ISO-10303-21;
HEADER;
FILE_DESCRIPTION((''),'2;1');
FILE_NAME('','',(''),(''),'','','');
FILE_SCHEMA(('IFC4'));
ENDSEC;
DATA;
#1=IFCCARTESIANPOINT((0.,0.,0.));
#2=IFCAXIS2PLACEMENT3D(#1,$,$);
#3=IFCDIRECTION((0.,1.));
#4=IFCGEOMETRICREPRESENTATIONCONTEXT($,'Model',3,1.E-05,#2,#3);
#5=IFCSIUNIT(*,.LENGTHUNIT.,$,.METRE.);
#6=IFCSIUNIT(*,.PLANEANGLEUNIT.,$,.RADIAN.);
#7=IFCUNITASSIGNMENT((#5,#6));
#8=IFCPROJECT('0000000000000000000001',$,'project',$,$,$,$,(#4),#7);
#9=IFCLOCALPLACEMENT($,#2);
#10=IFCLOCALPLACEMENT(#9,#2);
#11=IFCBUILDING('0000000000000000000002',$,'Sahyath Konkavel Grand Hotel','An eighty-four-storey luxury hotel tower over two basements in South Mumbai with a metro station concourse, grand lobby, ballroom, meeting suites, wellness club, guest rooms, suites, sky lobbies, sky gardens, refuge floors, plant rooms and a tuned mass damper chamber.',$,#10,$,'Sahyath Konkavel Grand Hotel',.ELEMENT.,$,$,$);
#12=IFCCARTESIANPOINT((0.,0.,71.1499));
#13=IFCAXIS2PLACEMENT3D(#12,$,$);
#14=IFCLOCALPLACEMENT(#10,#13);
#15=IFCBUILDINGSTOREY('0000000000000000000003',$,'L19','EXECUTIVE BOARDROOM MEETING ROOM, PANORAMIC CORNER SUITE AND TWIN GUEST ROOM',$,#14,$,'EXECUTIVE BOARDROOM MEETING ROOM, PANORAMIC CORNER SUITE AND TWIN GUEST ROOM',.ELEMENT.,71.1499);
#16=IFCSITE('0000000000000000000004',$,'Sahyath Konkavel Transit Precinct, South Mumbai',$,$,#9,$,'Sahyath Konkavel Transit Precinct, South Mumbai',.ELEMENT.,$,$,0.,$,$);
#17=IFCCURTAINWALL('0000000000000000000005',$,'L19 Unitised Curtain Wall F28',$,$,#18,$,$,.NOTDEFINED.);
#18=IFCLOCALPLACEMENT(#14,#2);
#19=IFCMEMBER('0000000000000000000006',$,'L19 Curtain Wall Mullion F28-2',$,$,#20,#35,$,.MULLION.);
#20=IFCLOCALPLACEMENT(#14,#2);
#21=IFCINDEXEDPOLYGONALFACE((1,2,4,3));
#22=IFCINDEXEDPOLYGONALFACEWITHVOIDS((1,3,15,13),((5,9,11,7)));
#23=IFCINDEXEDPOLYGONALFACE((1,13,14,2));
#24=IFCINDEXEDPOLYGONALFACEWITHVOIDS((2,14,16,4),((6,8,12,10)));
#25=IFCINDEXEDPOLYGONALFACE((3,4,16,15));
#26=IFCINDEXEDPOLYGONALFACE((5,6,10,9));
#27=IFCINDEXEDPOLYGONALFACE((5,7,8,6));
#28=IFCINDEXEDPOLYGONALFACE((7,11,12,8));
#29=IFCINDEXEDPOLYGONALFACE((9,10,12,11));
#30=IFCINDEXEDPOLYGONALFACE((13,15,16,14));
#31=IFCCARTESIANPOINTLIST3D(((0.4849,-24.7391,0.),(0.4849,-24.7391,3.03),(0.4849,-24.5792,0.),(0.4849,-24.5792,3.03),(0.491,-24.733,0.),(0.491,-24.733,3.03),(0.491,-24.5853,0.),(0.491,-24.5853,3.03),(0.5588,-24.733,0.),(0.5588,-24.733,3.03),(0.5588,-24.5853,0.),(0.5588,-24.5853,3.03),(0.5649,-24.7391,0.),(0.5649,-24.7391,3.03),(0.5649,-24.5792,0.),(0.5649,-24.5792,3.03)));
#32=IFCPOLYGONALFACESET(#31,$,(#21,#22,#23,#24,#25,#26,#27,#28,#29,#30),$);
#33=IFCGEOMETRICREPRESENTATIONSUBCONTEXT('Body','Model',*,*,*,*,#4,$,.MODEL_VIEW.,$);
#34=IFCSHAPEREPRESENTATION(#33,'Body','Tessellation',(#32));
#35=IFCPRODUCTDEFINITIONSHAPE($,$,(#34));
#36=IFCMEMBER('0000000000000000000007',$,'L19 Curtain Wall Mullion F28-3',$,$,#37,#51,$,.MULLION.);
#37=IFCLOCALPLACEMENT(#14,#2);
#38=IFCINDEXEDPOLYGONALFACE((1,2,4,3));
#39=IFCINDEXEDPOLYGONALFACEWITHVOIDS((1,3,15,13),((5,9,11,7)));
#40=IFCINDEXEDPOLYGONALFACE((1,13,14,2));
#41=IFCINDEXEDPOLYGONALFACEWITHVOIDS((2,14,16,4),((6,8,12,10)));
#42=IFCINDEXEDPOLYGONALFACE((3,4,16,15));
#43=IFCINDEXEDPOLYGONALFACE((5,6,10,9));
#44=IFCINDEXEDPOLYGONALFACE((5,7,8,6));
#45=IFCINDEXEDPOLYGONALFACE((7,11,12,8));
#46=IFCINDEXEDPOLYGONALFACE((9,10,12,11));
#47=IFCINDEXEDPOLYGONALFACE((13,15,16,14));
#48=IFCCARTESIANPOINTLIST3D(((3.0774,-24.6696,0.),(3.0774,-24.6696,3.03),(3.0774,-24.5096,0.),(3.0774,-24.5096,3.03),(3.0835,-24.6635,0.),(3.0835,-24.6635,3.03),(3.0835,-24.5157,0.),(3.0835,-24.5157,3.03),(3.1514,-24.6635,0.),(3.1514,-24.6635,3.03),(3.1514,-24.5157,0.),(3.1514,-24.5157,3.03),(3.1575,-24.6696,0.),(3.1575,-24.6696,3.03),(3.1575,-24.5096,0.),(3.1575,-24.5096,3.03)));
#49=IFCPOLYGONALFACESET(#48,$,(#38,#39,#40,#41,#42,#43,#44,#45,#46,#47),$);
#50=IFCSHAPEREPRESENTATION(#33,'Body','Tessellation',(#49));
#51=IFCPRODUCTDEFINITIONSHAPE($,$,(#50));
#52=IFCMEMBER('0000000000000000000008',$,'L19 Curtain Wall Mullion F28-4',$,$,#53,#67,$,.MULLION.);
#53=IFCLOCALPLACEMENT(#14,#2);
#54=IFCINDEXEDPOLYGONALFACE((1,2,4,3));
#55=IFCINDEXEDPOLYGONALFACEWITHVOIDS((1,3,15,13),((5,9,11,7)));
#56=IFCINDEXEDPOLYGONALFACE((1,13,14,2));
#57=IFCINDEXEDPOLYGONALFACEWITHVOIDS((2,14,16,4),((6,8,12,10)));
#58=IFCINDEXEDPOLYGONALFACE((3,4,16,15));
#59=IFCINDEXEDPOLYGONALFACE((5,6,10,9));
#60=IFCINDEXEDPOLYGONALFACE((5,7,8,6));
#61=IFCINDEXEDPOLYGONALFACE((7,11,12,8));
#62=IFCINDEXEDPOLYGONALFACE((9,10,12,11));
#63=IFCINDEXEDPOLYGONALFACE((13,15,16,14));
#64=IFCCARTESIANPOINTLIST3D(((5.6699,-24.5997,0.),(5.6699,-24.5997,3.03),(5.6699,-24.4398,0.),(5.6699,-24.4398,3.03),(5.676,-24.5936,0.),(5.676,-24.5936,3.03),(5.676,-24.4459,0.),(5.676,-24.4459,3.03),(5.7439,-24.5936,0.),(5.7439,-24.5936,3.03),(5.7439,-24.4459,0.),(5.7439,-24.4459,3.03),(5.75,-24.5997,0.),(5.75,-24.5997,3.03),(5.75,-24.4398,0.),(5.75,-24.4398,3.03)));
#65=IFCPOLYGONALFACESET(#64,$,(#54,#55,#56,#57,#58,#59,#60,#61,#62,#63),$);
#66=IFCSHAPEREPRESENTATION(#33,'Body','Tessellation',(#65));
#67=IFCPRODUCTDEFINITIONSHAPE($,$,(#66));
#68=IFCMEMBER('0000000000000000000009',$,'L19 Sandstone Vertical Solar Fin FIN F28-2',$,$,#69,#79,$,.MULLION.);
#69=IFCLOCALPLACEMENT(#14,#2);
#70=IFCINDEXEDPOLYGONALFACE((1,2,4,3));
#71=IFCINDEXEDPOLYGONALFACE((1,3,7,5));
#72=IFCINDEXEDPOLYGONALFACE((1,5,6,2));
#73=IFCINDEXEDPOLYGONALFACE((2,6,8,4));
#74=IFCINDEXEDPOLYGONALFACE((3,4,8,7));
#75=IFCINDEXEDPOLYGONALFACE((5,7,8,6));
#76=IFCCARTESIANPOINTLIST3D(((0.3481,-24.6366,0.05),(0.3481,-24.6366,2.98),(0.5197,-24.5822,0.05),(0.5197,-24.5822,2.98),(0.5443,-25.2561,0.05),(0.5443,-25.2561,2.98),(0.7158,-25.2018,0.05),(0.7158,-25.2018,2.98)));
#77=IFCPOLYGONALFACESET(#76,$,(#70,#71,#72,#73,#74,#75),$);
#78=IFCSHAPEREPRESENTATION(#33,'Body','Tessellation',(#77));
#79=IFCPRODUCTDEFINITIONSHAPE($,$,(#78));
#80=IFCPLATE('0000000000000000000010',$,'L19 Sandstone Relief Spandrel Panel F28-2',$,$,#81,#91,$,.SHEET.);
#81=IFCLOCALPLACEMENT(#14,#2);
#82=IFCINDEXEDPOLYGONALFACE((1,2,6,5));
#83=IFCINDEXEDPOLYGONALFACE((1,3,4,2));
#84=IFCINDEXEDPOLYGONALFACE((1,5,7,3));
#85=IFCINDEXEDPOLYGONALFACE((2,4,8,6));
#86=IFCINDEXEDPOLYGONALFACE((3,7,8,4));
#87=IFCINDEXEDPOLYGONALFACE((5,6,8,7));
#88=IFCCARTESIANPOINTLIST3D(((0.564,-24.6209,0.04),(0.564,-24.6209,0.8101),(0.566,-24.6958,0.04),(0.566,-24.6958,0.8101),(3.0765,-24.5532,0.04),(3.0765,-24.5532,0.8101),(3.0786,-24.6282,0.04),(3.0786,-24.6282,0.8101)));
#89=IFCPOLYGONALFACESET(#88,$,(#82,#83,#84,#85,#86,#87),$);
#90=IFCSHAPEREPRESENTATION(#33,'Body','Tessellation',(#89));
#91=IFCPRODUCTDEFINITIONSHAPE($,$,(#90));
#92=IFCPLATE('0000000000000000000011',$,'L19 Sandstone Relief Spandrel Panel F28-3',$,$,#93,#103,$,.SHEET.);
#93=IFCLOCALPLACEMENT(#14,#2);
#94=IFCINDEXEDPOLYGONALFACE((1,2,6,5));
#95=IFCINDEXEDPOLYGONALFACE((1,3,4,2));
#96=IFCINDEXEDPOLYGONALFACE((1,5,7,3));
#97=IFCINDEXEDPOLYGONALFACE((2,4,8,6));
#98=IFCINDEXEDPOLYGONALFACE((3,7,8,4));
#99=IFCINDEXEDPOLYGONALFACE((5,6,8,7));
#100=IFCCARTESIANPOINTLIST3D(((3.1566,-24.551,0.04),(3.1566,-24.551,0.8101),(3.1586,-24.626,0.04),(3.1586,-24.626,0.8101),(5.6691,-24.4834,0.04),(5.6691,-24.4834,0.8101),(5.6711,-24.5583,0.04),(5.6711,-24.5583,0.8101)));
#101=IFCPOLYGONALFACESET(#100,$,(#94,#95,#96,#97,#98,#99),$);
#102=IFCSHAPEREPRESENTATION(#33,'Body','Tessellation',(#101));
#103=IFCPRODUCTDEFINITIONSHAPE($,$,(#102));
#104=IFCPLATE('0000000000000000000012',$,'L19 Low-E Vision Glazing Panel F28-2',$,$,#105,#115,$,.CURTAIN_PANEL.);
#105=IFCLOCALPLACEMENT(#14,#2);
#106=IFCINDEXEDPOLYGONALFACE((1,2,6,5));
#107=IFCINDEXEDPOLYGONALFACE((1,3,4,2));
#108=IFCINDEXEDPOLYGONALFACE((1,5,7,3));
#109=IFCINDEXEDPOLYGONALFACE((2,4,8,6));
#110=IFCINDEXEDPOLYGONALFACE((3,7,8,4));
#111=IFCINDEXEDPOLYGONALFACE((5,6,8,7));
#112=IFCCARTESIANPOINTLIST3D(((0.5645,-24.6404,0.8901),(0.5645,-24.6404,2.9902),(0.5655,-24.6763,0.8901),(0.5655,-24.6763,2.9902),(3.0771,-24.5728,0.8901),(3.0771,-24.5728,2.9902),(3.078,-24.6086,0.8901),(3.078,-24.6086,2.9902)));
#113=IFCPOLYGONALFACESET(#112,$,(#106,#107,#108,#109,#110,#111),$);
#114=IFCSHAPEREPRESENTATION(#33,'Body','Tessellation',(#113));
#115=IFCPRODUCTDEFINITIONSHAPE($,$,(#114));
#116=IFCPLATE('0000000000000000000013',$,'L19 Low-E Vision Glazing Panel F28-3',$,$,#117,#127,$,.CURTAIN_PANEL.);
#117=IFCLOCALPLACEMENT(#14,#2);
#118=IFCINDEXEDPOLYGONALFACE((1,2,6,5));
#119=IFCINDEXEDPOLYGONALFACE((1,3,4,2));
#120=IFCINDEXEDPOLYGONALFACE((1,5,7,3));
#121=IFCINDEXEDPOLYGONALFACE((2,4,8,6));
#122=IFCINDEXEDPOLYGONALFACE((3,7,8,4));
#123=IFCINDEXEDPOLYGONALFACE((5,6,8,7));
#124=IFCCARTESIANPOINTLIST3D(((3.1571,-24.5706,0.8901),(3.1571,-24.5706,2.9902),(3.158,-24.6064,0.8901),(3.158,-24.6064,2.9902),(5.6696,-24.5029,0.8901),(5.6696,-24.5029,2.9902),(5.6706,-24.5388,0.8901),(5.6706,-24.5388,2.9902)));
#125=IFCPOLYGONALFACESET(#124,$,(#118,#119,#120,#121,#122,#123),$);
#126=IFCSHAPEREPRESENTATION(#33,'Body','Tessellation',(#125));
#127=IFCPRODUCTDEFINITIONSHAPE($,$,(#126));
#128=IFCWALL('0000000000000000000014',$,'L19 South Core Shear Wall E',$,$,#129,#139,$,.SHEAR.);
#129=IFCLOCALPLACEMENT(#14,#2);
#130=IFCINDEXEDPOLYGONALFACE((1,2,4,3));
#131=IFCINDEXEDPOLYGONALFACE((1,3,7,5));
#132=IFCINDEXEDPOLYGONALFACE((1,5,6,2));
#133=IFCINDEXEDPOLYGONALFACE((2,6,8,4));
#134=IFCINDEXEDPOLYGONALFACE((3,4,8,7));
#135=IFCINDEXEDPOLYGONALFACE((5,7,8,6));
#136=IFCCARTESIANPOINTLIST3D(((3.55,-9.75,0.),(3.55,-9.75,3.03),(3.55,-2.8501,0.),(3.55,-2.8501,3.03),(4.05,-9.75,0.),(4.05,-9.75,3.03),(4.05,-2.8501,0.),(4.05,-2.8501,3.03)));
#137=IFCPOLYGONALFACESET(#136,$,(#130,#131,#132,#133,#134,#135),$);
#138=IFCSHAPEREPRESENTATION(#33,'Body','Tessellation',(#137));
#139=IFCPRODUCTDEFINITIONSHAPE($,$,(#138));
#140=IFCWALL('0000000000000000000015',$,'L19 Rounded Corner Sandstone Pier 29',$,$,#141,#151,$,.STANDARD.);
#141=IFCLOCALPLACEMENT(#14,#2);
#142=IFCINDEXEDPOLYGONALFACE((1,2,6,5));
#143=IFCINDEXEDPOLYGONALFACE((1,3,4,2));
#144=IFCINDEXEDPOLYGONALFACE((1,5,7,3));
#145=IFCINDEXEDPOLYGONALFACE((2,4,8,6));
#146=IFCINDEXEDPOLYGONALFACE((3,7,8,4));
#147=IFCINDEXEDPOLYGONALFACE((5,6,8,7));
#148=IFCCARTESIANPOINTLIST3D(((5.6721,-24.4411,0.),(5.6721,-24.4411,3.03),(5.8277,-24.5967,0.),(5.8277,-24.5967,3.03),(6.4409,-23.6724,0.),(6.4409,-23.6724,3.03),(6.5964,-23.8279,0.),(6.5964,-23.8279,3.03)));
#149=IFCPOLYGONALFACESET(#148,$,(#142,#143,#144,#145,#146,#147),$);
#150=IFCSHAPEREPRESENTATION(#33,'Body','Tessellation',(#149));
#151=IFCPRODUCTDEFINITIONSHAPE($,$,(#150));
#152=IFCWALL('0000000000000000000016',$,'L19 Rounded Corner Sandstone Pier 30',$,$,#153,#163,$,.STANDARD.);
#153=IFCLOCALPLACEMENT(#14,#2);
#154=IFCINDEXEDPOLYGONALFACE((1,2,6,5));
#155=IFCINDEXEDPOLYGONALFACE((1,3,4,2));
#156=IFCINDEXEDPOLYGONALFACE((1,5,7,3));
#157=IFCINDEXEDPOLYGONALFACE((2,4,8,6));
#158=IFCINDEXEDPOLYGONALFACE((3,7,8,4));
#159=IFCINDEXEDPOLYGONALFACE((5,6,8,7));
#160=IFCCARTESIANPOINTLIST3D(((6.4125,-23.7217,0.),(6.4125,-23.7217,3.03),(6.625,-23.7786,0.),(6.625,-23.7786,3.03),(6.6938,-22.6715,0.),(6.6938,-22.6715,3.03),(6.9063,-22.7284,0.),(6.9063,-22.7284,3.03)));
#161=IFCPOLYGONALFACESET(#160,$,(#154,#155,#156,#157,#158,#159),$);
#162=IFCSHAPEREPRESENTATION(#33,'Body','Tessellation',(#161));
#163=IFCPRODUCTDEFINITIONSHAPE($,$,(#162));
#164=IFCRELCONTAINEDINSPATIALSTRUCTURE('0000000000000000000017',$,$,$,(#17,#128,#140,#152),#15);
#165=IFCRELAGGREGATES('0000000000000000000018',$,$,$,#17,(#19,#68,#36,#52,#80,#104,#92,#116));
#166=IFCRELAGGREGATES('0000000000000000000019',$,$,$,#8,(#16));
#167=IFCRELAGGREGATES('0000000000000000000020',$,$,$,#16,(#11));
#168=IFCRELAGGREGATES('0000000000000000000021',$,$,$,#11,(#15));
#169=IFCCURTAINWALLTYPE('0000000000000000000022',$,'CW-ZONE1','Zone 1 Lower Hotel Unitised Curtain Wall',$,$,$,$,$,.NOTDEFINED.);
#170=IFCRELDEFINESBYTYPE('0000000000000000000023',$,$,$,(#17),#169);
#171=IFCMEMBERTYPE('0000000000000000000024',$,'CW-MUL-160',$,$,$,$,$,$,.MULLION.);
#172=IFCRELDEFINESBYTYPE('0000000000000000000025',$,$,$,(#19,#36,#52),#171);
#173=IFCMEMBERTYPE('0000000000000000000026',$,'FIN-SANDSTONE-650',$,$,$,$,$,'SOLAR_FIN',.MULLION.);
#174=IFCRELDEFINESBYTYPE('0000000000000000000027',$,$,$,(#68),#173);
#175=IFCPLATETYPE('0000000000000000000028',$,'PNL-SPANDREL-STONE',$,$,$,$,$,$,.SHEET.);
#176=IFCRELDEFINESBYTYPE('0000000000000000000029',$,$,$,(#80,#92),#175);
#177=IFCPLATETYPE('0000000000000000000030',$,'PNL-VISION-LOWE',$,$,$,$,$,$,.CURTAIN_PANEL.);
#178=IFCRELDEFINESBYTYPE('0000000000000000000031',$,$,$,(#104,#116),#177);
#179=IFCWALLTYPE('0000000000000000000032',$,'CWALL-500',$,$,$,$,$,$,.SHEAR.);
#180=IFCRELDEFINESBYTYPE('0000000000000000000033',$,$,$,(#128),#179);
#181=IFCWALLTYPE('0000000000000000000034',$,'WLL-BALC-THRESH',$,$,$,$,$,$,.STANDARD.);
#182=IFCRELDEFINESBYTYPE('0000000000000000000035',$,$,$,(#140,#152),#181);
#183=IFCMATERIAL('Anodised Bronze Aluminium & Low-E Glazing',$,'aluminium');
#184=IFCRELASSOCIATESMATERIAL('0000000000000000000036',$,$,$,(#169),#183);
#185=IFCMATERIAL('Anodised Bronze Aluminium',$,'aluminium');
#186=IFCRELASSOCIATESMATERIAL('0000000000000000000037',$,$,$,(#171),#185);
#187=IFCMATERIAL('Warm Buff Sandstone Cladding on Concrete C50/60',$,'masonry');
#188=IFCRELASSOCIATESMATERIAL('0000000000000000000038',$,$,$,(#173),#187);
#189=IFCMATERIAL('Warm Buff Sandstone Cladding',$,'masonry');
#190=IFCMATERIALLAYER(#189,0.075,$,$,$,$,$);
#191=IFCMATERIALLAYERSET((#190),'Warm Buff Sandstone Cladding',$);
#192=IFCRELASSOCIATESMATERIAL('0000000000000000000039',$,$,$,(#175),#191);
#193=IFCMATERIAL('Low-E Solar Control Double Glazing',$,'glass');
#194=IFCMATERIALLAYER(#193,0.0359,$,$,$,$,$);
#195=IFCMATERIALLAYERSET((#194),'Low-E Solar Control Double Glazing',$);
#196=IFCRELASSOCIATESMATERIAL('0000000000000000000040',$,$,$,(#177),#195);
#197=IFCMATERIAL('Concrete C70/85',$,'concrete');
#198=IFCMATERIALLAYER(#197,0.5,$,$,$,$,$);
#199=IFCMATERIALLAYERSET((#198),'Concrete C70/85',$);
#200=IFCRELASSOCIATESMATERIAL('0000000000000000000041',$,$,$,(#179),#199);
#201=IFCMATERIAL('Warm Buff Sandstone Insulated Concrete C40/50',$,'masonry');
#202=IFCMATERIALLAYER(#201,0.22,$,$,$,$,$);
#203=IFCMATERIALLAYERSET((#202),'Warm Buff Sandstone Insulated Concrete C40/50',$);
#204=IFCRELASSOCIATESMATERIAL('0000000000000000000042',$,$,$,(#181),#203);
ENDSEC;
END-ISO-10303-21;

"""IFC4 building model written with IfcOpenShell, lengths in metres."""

from ifc_helpers import new_model, si_unit, direction, frame, frame_2d, origin, origin_2d, place, context, subcontext, project, spatial, rectangle, hollow_rectangle, extrude, source, transform, mapped, material, layer, layer_set, material_profile, profile_set, type_object, element, aggregate, save


model = new_model("IFC4")

# Units and contexts
model_context = context("Model", 3, precision=1e-05, world=origin(), true_north=direction((0.0, 1.0)))
body_context = subcontext(model_context, "Body", "Model", "MODEL_VIEW")
ifc_project = project(units=[si_unit("LENGTHUNIT", "METRE"), si_unit("PLANEANGLEUNIT", "RADIAN")], contexts=[model_context])

# Site, building, storey
site_placement = place(None, origin())
site = spatial("IfcSite", under=ifc_project, at=site_placement, Name="Sahyath Konkavel Transit Precinct, South Mumbai", LongName="Sahyath Konkavel Transit Precinct, South Mumbai", CompositionType="ELEMENT", RefElevation=0.0)
building_placement = place(site_placement, origin())
building = spatial("IfcBuilding", under=site, at=building_placement, Name="Sahyath Konkavel Grand Hotel", Description="An eighty-four-storey luxury hotel tower over two basements in South Mumbai with a metro station concourse, grand lobby, ballroom, meeting suites, wellness club, guest rooms, suites, sky lobbies, sky gardens, refuge floors, plant rooms and a tuned mass damper chamber.", LongName="Sahyath Konkavel Grand Hotel", CompositionType="ELEMENT")
storey_placement = place(building_placement, frame((0.0, 0.0, 71.1499)))
storey = spatial("IfcBuildingStorey", under=building, at=storey_placement, Name="L19", Description="EXECUTIVE BOARDROOM MEETING ROOM, PANORAMIC CORNER SUITE AND TWIN GUEST ROOM", LongName="EXECUTIVE BOARDROOM MEETING ROOM, PANORAMIC CORNER SUITE AND TWIN GUEST ROOM", CompositionType="ELEMENT", Elevation=71.1499)

# Shared definitions
ifc_material_1 = material(Name="Concrete C70/85", Category="concrete")

# Curtain wall
ifc_material_2 = material(Name="Anodised Bronze Aluminium & Low-E Glazing", Category="aluminium")
curtain_wall_type = type_object("IfcCurtainWallType", Name="CW-ZONE1", Description="Zone 1 Lower Hotel Unitised Curtain Wall", PredefinedType="NOTDEFINED", material=ifc_material_2)
curtain_wall_placement = place(storey_placement, origin())
curtain_wall = element("IfcCurtainWall", 1, at=curtain_wall_placement, inside=storey, type_object=curtain_wall_type, Name="L19 Unitised Curtain Wall F28", PredefinedType="NOTDEFINED")
ifc_material_3 = material(Name="Anodised Bronze Aluminium", Category="aluminium")

# Members
ifc_material_profile_1 = material_profile(ifc_material_3, hollow_rectangle(XDim=0.0801, YDim=0.1599, WallThickness=0.0061, at=origin_2d()), Name="RHS 160x80x6")
ifc_profile_set_1 = profile_set([ifc_material_profile_1], Name="Anodised Bronze Aluminium")
member_type_1 = type_object("IfcMemberType", Name="CW-MUL-160", PredefinedType="MULLION", material=ifc_profile_set_1)
shared_shape_1 = source(origin(), body_context, "Body", "SweptSolid", [
    extrude(hollow_rectangle(XDim=0.0801, YDim=0.1599, WallThickness=0.0061, at=origin_2d()), origin(), (0.0, 0.0, 1.0), 3.03),
])
member_1_placement = place(storey_placement, frame((0.5249, -24.6592, 0.0), z_axis=(0.0, 0.0, 1.0), x_axis=(1.0, 0.0, 0.0)))
member_1 = element("IfcMember", 2, at=member_1_placement, type_object=member_type_1, Name="L19 Curtain Wall Mullion F28-2", PredefinedType="MULLION", context=body_context, shape_type="MappedRepresentation", body=[
    mapped(shared_shape_1, transform((0.0, 0.0, 0.0), scale=1.0)),
])
member_2_placement = place(storey_placement, frame((3.1174, -24.5896, 0.0), z_axis=(0.0, 0.0, 1.0), x_axis=(1.0, 0.0, 0.0)))
member_2 = element("IfcMember", 3, at=member_2_placement, type_object=member_type_1, Name="L19 Curtain Wall Mullion F28-3", PredefinedType="MULLION", context=body_context, shape_type="MappedRepresentation", body=[
    mapped(shared_shape_1, transform((0.0, 0.0, 0.0), scale=1.0)),
])
member_3_placement = place(storey_placement, frame((5.71, -24.5198, 0.0), z_axis=(0.0, 0.0, 1.0), x_axis=(1.0, 0.0, 0.0)))
member_3 = element("IfcMember", 4, at=member_3_placement, type_object=member_type_1, Name="L19 Curtain Wall Mullion F28-4", PredefinedType="MULLION", context=body_context, shape_type="MappedRepresentation", body=[
    mapped(shared_shape_1, transform((0.0, 0.0, 0.0), scale=1.0)),
])
ifc_material_4 = material(Name="Warm Buff Sandstone Cladding on Concrete C50/60", Category="masonry")
ifc_material_profile_2 = material_profile(ifc_material_4, rectangle(XDim=0.1799, YDim=0.6499, at=origin_2d()), Name="FIN 180x650")
ifc_profile_set_2 = profile_set([ifc_material_profile_2], Name="Warm Buff Sandstone Cladding on Concrete C50/60")
member_type_2 = type_object("IfcMemberType", Name="FIN-SANDSTONE-650", ElementType="SOLAR_FIN", PredefinedType="MULLION", material=ifc_profile_set_2)
shared_shape_2 = source(origin(), body_context, "Body", "SweptSolid", [
    extrude(rectangle(XDim=0.1799, YDim=0.6499, at=origin_2d()), origin(), (0.0, 0.0, 1.0), 2.9299),
])
member_4_placement = place(storey_placement, frame((0.532, -24.9192, 0.05), z_axis=(0.0, 0.0, 1.0), x_axis=(0.953349, 0.301871, 0.0)))
member_4 = element("IfcMember", 5, at=member_4_placement, type_object=member_type_2, Name="L19 Sandstone Vertical Solar Fin FIN F28-2", PredefinedType="MULLION", context=body_context, shape_type="MappedRepresentation", body=[
    mapped(shared_shape_2, transform((0.0, 0.0, 0.0), scale=1.0)),
])

# Plates
ifc_material_5 = material(Name="Warm Buff Sandstone Cladding", Category="masonry")
ifc_layer_1 = layer(ifc_material_5, 0.075)
ifc_layer_set_1 = layer_set([ifc_layer_1], Name="Warm Buff Sandstone Cladding")
plate_type_1 = type_object("IfcPlateType", Name="PNL-SPANDREL-STONE", PredefinedType="SHEET", material=ifc_layer_set_1)
shared_shape_3 = source(origin(), body_context, "Body", "SweptSolid", [
    extrude(rectangle(XDim=2.5134, YDim=0.075, at=origin_2d()), origin(), (0.0, 0.0, 1.0), 0.77),
])
plate_1_placement = place(storey_placement, frame((1.8213, -24.6245, 0.04), z_axis=(0.0, 0.0, 1.0), x_axis=(0.999638, 0.02691, 0.0)))
plate_1 = element("IfcPlate", 6, at=plate_1_placement, type_object=plate_type_1, Name="L19 Sandstone Relief Spandrel Panel F28-2", PredefinedType="SHEET", context=body_context, shape_type="MappedRepresentation", body=[
    mapped(shared_shape_3, transform((0.0, 0.0, 0.0), scale=1.0)),
])
plate_2_placement = place(storey_placement, frame((4.4138, -24.5547, 0.04), z_axis=(0.0, 0.0, 1.0), x_axis=(0.999638, 0.02691, 0.0)))
plate_2 = element("IfcPlate", 7, at=plate_2_placement, type_object=plate_type_1, Name="L19 Sandstone Relief Spandrel Panel F28-3", PredefinedType="SHEET", context=body_context, shape_type="MappedRepresentation", body=[
    mapped(shared_shape_3, transform((0.0, 0.0, 0.0), scale=1.0)),
])
ifc_material_6 = material(Name="Low-E Solar Control Double Glazing", Category="glass")
ifc_layer_2 = layer(ifc_material_6, 0.0359)
ifc_layer_set_2 = layer_set([ifc_layer_2], Name="Low-E Solar Control Double Glazing")
plate_type_2 = type_object("IfcPlateType", Name="PNL-VISION-LOWE", PredefinedType="CURTAIN_PANEL", material=ifc_layer_set_2)
shared_shape_4 = source(origin(), body_context, "Body", "SweptSolid", [
    extrude(rectangle(XDim=2.5134, YDim=0.0359, at=origin_2d()), origin(), (0.0, 0.0, 1.0), 2.1001),
])
plate_3_placement = place(storey_placement, frame((1.8213, -24.6245, 0.8901), z_axis=(0.0, 0.0, 1.0), x_axis=(0.999638, 0.02691, 0.0)))
plate_3 = element("IfcPlate", 8, at=plate_3_placement, type_object=plate_type_2, Name="L19 Low-E Vision Glazing Panel F28-2", PredefinedType="CURTAIN_PANEL", context=body_context, shape_type="MappedRepresentation", body=[
    mapped(shared_shape_4, transform((0.0, 0.0, 0.0), scale=1.0)),
])
plate_4_placement = place(storey_placement, frame((4.4138, -24.5547, 0.8901), z_axis=(0.0, 0.0, 1.0), x_axis=(0.999638, 0.02691, 0.0)))
plate_4 = element("IfcPlate", 9, at=plate_4_placement, type_object=plate_type_2, Name="L19 Low-E Vision Glazing Panel F28-3", PredefinedType="CURTAIN_PANEL", context=body_context, shape_type="MappedRepresentation", body=[
    mapped(shared_shape_4, transform((0.0, 0.0, 0.0), scale=1.0)),
])
aggregate(curtain_wall, [member_1, member_4, member_2, member_3, plate_1, plate_3, plate_2, plate_4])

# Walls
ifc_layer_3 = layer(ifc_material_1, 0.5)
ifc_layer_set_3 = layer_set([ifc_layer_3], Name="Concrete C70/85")
wall_type_1 = type_object("IfcWallType", Name="CWALL-500", PredefinedType="SHEAR", material=ifc_layer_set_3)
wall_1_placement = place(storey_placement, frame((3.8, -9.75, 0.0), z_axis=(0.0, 0.0, 1.0), x_axis=(0.0, 1.0, 0.0)))
element("IfcWall", 10, at=wall_1_placement, inside=storey, type_object=wall_type_1, Name="L19 South Core Shear Wall E", PredefinedType="SHEAR", context=body_context, shape_type="SweptSolid", body=[
    extrude(rectangle(XDim=6.8999, YDim=0.5, at=frame_2d((3.45, 0.0))), origin(), (0.0, 0.0, 1.0), 3.03),
])
ifc_material_7 = material(Name="Warm Buff Sandstone Insulated Concrete C40/50", Category="masonry")
ifc_layer_4 = layer(ifc_material_7, 0.22)
ifc_layer_set_4 = layer_set([ifc_layer_4], Name="Warm Buff Sandstone Insulated Concrete C40/50")
wall_type_2 = type_object("IfcWallType", Name="WLL-BALC-THRESH", PredefinedType="STANDARD", material=ifc_layer_set_4)
for number, where, z_axis, x_axis, name in (
    (11, (5.75, -24.5188, 0.0), (0.0, 0.0, 1.0), (0.707107, 0.707107, 0.0), "L19 Rounded Corner Sandstone Pier 29"),
    (12, (6.5188, -23.75, 0.0), (0.0, 0.0, 1.0), (0.258725, 0.965951, 0.0), "L19 Rounded Corner Sandstone Pier 30"),
):
    element("IfcWall", number, at=place(storey_placement, frame(where, z_axis=z_axis, x_axis=x_axis)), inside=storey, type_object=wall_type_2, Name=name, PredefinedType="STANDARD", context=body_context, shape_type="SweptSolid", body=[
        extrude(rectangle(XDim=1.0872, YDim=0.22, at=frame_2d((0.5435, 0.0))), origin(), (0.0, 0.0, 1.0), 3.03),
    ])

save(model, "model.ifc")
